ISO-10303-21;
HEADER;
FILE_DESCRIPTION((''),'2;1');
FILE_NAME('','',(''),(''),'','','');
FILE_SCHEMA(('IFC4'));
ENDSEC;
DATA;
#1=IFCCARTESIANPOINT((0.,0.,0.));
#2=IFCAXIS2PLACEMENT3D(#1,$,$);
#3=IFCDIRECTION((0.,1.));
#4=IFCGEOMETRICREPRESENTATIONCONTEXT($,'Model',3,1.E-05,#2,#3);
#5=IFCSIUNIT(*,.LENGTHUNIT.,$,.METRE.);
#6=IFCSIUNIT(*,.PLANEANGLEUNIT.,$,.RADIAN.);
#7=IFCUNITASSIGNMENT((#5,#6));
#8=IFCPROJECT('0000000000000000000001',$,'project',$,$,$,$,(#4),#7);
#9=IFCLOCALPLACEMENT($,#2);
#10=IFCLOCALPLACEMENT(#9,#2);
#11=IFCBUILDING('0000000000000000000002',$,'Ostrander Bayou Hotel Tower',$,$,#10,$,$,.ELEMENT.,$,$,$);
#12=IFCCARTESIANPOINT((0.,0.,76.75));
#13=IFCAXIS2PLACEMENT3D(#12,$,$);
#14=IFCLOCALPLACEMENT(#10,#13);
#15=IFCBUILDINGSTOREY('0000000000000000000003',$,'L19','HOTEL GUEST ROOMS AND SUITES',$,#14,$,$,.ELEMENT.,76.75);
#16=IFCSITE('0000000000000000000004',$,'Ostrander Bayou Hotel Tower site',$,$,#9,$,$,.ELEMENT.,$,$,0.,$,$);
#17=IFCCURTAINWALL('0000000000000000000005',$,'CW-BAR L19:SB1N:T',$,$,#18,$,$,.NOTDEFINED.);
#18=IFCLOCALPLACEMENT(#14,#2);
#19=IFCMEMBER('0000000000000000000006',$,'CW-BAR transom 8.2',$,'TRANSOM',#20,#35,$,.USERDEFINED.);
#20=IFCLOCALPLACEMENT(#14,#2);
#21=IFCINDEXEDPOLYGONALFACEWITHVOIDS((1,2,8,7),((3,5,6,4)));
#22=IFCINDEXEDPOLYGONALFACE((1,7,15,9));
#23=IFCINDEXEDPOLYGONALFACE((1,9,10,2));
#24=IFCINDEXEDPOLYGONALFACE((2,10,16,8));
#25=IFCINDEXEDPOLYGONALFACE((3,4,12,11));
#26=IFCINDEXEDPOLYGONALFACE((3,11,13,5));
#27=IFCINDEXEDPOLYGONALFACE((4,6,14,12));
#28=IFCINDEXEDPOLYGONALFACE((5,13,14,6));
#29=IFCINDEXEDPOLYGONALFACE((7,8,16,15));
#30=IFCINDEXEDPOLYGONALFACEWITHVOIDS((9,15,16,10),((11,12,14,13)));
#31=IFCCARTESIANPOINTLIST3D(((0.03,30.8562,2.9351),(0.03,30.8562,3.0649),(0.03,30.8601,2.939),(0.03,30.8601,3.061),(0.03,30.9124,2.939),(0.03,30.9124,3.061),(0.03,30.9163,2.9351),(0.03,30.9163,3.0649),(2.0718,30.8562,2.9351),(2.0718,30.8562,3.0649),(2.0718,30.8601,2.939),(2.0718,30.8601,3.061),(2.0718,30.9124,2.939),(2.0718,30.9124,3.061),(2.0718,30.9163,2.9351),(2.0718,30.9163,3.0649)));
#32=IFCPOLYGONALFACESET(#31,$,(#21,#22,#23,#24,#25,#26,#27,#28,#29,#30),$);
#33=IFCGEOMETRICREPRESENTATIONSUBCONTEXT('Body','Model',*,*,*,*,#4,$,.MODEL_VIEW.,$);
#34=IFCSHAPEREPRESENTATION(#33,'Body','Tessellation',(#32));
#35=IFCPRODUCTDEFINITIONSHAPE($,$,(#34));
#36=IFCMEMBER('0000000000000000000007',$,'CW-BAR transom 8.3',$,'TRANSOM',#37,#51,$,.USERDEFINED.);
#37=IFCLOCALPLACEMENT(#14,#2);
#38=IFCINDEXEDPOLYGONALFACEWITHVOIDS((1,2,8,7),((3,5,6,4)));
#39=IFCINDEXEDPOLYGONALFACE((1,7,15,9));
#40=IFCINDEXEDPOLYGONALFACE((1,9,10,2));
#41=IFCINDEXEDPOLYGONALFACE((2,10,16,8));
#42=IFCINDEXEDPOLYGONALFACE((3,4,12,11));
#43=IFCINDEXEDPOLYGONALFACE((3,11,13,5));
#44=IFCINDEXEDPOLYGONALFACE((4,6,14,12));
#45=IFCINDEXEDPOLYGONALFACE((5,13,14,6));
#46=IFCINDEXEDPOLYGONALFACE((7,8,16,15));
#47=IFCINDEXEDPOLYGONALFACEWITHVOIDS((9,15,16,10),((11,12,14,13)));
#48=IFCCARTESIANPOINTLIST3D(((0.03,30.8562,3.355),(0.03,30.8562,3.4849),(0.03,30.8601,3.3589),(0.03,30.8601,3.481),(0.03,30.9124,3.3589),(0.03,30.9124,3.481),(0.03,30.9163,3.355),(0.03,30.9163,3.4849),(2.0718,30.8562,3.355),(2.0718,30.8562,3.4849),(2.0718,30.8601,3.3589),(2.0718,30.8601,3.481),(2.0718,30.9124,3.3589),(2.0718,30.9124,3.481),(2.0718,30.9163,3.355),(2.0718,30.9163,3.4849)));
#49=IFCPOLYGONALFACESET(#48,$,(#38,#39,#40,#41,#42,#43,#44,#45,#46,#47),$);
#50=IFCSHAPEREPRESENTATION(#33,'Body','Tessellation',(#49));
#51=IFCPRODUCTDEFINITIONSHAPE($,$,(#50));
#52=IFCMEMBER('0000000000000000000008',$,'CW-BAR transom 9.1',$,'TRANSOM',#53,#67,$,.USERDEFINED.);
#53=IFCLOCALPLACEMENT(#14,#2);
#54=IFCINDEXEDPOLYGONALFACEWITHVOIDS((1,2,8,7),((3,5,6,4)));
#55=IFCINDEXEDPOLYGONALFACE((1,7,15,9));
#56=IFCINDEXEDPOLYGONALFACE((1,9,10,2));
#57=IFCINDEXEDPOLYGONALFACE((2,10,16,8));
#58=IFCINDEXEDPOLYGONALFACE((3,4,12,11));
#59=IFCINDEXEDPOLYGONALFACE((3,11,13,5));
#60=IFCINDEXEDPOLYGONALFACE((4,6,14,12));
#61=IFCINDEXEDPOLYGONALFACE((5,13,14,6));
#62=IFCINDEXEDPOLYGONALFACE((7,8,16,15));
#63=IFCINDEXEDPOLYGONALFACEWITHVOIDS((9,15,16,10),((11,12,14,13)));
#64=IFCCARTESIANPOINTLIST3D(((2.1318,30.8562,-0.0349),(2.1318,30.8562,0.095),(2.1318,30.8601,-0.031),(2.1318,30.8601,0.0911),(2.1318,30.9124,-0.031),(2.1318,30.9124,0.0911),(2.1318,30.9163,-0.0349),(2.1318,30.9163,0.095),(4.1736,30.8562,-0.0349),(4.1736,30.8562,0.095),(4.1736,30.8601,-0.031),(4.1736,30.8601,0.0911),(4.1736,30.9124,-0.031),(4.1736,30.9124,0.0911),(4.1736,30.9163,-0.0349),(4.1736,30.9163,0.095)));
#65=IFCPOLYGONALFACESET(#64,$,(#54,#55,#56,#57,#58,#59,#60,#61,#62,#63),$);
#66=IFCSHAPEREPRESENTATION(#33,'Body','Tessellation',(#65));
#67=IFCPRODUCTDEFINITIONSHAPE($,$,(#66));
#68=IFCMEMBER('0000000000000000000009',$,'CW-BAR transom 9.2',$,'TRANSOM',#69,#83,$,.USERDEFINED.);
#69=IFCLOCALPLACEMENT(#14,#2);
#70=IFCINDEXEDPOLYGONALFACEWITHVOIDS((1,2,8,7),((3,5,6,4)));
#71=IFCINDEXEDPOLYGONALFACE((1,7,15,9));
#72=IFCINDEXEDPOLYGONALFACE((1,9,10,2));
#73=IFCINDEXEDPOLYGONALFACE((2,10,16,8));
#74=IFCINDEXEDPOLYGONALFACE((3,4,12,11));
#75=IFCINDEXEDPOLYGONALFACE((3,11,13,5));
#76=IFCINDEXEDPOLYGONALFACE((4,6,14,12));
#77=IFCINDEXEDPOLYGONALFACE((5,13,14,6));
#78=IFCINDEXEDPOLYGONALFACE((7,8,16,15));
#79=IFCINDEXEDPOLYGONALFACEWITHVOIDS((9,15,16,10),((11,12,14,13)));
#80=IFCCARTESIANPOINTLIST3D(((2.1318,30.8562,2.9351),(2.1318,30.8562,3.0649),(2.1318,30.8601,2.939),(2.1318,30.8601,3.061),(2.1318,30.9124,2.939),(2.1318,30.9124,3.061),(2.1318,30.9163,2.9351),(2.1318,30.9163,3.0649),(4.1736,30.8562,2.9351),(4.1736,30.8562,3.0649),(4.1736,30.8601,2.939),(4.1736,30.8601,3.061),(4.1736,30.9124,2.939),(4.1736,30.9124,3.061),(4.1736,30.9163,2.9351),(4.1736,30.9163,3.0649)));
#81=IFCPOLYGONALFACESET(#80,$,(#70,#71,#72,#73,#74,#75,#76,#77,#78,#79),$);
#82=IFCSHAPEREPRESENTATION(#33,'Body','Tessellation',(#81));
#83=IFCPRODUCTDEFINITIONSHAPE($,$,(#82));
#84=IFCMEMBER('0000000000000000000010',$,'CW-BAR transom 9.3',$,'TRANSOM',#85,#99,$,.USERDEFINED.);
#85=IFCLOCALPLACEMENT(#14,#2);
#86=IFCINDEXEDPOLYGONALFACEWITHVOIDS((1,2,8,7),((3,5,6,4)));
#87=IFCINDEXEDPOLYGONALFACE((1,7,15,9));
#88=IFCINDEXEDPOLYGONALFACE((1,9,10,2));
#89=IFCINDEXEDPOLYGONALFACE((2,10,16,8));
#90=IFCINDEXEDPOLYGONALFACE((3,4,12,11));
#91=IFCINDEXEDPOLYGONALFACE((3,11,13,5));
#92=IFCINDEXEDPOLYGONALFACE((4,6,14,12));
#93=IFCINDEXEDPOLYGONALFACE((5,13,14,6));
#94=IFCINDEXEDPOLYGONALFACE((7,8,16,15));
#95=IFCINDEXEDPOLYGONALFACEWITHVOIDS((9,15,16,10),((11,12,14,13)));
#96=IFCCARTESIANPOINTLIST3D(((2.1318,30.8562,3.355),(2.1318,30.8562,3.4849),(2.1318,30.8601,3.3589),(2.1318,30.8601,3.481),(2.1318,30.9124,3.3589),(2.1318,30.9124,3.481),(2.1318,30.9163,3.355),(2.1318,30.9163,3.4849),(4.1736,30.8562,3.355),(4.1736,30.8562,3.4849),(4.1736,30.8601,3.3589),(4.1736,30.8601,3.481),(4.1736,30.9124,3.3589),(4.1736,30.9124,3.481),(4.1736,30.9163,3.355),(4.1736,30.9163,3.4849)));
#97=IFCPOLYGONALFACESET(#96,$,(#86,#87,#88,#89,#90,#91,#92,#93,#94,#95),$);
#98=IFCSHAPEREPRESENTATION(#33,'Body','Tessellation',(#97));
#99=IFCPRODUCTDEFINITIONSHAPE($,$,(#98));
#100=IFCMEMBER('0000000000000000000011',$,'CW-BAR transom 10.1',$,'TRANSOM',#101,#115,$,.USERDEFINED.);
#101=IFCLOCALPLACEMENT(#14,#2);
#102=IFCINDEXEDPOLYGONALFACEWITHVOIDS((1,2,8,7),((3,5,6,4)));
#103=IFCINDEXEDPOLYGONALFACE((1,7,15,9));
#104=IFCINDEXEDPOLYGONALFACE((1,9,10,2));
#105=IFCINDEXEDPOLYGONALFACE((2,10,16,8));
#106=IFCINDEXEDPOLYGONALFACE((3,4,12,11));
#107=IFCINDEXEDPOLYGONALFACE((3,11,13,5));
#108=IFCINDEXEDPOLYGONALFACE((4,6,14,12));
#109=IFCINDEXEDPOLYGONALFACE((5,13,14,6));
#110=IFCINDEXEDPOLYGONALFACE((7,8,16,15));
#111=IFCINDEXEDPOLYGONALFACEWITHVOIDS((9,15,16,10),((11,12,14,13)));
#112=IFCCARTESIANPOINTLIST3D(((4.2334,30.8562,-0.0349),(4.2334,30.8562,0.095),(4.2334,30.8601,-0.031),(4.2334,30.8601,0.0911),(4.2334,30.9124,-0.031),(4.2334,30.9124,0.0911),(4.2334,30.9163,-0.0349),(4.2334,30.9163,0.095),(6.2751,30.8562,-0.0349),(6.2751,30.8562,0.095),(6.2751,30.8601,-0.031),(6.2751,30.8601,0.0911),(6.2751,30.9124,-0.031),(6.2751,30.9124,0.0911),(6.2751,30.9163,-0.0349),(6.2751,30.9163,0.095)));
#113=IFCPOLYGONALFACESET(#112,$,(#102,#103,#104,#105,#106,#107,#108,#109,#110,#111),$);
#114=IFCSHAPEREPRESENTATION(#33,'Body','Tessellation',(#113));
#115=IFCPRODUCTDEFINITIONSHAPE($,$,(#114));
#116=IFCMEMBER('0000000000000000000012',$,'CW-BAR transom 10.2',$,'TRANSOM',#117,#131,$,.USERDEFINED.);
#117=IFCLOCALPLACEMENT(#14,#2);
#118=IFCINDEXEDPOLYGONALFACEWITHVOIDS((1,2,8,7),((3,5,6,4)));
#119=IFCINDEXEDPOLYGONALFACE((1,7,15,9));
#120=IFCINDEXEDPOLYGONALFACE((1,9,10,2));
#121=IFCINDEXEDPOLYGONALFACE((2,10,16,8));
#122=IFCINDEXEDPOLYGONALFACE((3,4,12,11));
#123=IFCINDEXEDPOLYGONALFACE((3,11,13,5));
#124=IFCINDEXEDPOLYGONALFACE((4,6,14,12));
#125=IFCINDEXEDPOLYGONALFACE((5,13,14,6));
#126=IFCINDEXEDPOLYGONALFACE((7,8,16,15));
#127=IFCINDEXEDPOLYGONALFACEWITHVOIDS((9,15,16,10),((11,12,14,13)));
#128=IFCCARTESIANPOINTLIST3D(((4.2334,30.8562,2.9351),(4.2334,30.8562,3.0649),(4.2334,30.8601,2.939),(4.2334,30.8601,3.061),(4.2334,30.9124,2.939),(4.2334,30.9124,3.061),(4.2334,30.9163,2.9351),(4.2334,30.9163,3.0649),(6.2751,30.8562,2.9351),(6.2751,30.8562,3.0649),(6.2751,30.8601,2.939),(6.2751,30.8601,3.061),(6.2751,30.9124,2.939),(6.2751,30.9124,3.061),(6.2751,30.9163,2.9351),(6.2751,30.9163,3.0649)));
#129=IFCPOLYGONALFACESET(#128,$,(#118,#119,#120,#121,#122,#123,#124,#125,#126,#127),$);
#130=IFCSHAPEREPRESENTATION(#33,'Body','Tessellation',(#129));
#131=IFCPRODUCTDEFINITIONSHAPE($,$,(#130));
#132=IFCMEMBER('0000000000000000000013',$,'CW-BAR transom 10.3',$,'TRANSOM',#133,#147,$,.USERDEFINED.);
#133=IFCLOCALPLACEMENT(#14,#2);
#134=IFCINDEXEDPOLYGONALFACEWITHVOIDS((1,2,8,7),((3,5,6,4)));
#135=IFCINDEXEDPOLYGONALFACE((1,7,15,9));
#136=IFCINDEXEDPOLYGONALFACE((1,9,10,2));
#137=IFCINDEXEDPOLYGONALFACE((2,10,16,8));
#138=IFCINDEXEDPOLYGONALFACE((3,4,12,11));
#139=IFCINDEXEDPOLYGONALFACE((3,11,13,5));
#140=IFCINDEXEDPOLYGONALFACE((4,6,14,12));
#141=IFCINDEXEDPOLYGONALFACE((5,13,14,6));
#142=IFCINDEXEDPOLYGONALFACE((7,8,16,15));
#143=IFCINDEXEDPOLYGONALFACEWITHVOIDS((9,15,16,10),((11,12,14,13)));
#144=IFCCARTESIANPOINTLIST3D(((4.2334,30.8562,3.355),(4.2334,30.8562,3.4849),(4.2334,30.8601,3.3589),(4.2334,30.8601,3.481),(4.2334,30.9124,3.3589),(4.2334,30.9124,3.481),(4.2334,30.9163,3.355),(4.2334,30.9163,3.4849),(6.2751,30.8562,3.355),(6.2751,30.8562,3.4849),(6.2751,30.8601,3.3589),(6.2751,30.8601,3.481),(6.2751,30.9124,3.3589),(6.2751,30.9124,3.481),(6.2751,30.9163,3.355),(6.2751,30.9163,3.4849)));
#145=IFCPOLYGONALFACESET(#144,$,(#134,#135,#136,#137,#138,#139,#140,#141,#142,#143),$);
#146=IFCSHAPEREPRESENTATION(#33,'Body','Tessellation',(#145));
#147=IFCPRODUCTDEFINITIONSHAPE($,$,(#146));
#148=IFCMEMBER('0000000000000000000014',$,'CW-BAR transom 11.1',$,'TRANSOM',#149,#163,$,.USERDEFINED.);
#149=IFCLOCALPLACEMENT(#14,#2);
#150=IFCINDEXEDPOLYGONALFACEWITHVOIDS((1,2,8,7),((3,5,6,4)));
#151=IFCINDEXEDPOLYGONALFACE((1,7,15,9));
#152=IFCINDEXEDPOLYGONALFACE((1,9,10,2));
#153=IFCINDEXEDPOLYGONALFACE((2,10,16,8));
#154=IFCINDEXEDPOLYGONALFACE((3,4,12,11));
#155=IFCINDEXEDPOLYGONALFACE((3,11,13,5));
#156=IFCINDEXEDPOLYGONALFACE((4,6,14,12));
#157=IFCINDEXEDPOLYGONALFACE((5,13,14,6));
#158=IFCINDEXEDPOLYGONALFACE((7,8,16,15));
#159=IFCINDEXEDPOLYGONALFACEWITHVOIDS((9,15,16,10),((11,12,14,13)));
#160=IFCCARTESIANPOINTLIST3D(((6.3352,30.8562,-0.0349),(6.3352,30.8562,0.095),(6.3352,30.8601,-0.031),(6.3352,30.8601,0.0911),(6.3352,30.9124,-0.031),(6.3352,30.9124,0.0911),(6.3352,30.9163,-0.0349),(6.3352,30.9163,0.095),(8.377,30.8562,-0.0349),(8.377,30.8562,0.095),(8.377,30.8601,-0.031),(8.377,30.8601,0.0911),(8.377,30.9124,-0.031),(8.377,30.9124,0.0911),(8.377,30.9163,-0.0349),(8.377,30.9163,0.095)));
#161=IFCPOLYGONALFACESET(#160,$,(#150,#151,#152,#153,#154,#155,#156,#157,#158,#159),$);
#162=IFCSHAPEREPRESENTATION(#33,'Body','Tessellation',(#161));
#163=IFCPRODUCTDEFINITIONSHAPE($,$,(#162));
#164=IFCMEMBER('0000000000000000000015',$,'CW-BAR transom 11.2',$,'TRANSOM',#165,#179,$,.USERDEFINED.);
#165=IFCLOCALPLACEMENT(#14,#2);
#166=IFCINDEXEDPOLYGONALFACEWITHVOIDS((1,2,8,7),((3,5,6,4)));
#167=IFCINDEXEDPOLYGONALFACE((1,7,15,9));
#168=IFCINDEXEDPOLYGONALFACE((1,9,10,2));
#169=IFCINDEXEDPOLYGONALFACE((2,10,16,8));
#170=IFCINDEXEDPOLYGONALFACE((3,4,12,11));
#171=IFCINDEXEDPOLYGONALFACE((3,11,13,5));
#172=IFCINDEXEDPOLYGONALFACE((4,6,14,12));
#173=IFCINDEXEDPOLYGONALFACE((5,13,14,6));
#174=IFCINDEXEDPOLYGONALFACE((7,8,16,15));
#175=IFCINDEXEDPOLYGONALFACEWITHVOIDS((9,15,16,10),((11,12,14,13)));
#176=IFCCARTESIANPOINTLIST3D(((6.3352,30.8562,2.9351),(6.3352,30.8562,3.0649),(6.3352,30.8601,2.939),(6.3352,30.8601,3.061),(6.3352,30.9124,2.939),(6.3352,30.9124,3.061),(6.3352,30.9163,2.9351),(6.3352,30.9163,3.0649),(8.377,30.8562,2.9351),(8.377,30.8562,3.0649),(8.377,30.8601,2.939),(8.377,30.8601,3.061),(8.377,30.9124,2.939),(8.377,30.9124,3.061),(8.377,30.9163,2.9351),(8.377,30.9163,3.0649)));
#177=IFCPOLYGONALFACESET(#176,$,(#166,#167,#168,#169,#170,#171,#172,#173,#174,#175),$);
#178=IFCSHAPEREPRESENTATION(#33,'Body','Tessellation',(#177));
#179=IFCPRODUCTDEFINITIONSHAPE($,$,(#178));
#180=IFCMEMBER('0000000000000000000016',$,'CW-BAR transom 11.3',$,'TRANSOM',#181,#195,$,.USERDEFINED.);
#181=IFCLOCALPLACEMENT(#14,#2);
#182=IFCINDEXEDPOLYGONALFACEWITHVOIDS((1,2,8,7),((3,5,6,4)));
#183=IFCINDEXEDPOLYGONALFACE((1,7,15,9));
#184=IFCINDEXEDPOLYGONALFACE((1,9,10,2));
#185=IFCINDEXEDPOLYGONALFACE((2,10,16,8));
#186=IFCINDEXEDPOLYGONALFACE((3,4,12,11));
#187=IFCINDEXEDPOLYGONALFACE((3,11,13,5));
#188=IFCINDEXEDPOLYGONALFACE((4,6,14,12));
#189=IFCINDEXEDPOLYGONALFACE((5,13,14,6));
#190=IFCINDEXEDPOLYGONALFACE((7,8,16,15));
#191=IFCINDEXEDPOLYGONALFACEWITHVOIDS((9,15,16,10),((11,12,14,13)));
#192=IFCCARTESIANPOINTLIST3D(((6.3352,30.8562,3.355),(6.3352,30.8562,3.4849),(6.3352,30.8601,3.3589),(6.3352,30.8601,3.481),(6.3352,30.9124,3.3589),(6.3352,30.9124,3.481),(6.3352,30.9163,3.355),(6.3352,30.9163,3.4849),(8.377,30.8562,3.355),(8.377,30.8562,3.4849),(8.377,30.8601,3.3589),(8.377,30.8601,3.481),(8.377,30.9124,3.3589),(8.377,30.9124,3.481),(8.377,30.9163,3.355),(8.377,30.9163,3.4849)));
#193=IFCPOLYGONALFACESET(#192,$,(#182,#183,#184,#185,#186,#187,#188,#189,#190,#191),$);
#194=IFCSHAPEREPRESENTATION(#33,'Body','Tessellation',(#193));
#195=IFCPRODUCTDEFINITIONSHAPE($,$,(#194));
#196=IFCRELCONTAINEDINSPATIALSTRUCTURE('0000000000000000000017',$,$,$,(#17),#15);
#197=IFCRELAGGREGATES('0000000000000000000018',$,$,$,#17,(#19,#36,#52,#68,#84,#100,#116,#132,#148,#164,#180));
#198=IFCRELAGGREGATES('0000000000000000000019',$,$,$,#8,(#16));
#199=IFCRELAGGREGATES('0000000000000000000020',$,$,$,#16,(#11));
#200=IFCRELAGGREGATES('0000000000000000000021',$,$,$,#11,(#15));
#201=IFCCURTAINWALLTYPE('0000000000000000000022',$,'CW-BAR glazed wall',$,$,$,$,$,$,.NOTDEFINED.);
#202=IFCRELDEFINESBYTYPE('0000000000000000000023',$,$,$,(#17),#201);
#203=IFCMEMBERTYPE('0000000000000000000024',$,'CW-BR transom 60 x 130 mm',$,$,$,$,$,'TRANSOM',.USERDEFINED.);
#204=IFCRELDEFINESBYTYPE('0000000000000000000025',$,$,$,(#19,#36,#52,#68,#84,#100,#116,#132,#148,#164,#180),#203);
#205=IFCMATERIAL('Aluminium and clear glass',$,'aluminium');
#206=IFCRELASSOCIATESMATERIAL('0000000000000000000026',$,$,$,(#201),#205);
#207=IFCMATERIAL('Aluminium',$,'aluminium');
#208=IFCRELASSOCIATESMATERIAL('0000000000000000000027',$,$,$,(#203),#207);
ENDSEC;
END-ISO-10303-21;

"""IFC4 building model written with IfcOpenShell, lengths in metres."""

from ifc_helpers import new_model, si_unit, direction, frame, origin, origin_2d, place, context, subcontext, project, spatial, hollow_rectangle, extrude, material, material_profile, profile_set, type_object, element, aggregate, save


model = new_model("IFC4")

# Units and contexts
model_context = context("Model", 3, precision=1e-05, world=origin(), true_north=direction((0.0, 1.0)))
body_context = subcontext(model_context, "Body", "Model", "MODEL_VIEW")
ifc_project = project(units=[si_unit("LENGTHUNIT", "METRE"), si_unit("PLANEANGLEUNIT", "RADIAN")], contexts=[model_context])

# Site, building, storey
site_placement = place(None, origin())
site = spatial("IfcSite", under=ifc_project, at=site_placement, Name="Ostrander Bayou Hotel Tower site", CompositionType="ELEMENT", RefElevation=0.0)
building_placement = place(site_placement, origin())
building = spatial("IfcBuilding", under=site, at=building_placement, Name="Ostrander Bayou Hotel Tower", CompositionType="ELEMENT")
storey_placement = place(building_placement, frame((0.0, 0.0, 76.75)))
storey = spatial("IfcBuildingStorey", under=building, at=storey_placement, Name="L19", Description="HOTEL GUEST ROOMS AND SUITES", CompositionType="ELEMENT", Elevation=76.75)

# Curtain wall, members
ifc_material_1 = material(Name="Aluminium and clear glass", Category="aluminium")
curtain_wall_type = type_object("IfcCurtainWallType", Name="CW-BAR glazed wall", PredefinedType="NOTDEFINED", material=ifc_material_1)
curtain_wall_placement = place(storey_placement, origin())
curtain_wall = element("IfcCurtainWall", 1, at=curtain_wall_placement, inside=storey, type_object=curtain_wall_type, Name="CW-BAR L19:SB1N:T", PredefinedType="NOTDEFINED")
ifc_material_2 = material(Name="Aluminium", Category="aluminium")
ifc_material_profile_1 = material_profile(ifc_material_2, hollow_rectangle(XDim=0.0601, YDim=0.1299, WallThickness=0.0039, at=origin_2d()))
ifc_profile_set_1 = profile_set([ifc_material_profile_1], Name="Aluminium")
member_type_1 = type_object("IfcMemberType", Name="CW-BR transom 60 x 130 mm", ElementType="TRANSOM", PredefinedType="USERDEFINED", material=ifc_profile_set_1)
member_1_placement = place(storey_placement, frame((0.03, 30.8862, 3.0), z_axis=(1.0, 0.0, 0.0), x_axis=(0.0, 1.0, 0.0)))
member_1 = element("IfcMember", 2, at=member_1_placement, type_object=member_type_1, Name="CW-BAR transom 8.2", ObjectType="TRANSOM", PredefinedType="USERDEFINED", context=body_context, shape_type="SweptSolid", body=[
    extrude(hollow_rectangle(XDim=0.0601, YDim=0.1299, WallThickness=0.0039, at=origin_2d()), origin(), (0.0, 0.0, 1.0), 2.0417),
])
member_2_placement = place(storey_placement, frame((0.03, 30.8862, 3.4199), z_axis=(1.0, 0.0, 0.0), x_axis=(0.0, 1.0, 0.0)))
member_2 = element("IfcMember", 3, at=member_2_placement, type_object=member_type_1, Name="CW-BAR transom 8.3", ObjectType="TRANSOM", PredefinedType="USERDEFINED", context=body_context, shape_type="SweptSolid", body=[
    extrude(hollow_rectangle(XDim=0.0601, YDim=0.1299, WallThickness=0.0039, at=origin_2d()), origin(), (0.0, 0.0, 1.0), 2.0417),
])
member_3_placement = place(storey_placement, frame((2.1318, 30.8862, 0.03), z_axis=(1.0, 0.0, 0.0), x_axis=(0.0, 1.0, 0.0)))
member_3 = element("IfcMember", 4, at=member_3_placement, type_object=member_type_1, Name="CW-BAR transom 9.1", ObjectType="TRANSOM", PredefinedType="USERDEFINED", context=body_context, shape_type="SweptSolid", body=[
    extrude(hollow_rectangle(XDim=0.0601, YDim=0.1299, WallThickness=0.0039, at=origin_2d()), origin(), (0.0, 0.0, 1.0), 2.0417),
])
member_4_placement = place(storey_placement, frame((2.1318, 30.8862, 3.0), z_axis=(1.0, 0.0, 0.0), x_axis=(0.0, 1.0, 0.0)))
member_4 = element("IfcMember", 5, at=member_4_placement, type_object=member_type_1, Name="CW-BAR transom 9.2", ObjectType="TRANSOM", PredefinedType="USERDEFINED", context=body_context, shape_type="SweptSolid", body=[
    extrude(hollow_rectangle(XDim=0.0601, YDim=0.1299, WallThickness=0.0039, at=origin_2d()), origin(), (0.0, 0.0, 1.0), 2.0417),
])
member_5_placement = place(storey_placement, frame((2.1318, 30.8862, 3.4199), z_axis=(1.0, 0.0, 0.0), x_axis=(0.0, 1.0, 0.0)))
member_5 = element("IfcMember", 6, at=member_5_placement, type_object=member_type_1, Name="CW-BAR transom 9.3", ObjectType="TRANSOM", PredefinedType="USERDEFINED", context=body_context, shape_type="SweptSolid", body=[
    extrude(hollow_rectangle(XDim=0.0601, YDim=0.1299, WallThickness=0.0039, at=origin_2d()), origin(), (0.0, 0.0, 1.0), 2.0417),
])
member_6_placement = place(storey_placement, frame((4.2334, 30.8862, 0.03), z_axis=(1.0, 0.0, 0.0), x_axis=(0.0, 1.0, 0.0)))
member_6 = element("IfcMember", 7, at=member_6_placement, type_object=member_type_1, Name="CW-BAR transom 10.1", ObjectType="TRANSOM", PredefinedType="USERDEFINED", context=body_context, shape_type="SweptSolid", body=[
    extrude(hollow_rectangle(XDim=0.0601, YDim=0.1299, WallThickness=0.0039, at=origin_2d()), origin(), (0.0, 0.0, 1.0), 2.0417),
])
member_7_placement = place(storey_placement, frame((4.2334, 30.8862, 3.0), z_axis=(1.0, 0.0, 0.0), x_axis=(0.0, 1.0, 0.0)))
member_7 = element("IfcMember", 8, at=member_7_placement, type_object=member_type_1, Name="CW-BAR transom 10.2", ObjectType="TRANSOM", PredefinedType="USERDEFINED", context=body_context, shape_type="SweptSolid", body=[
    extrude(hollow_rectangle(XDim=0.0601, YDim=0.1299, WallThickness=0.0039, at=origin_2d()), origin(), (0.0, 0.0, 1.0), 2.0417),
])
member_8_placement = place(storey_placement, frame((4.2334, 30.8862, 3.4199), z_axis=(1.0, 0.0, 0.0), x_axis=(0.0, 1.0, 0.0)))
member_8 = element("IfcMember", 9, at=member_8_placement, type_object=member_type_1, Name="CW-BAR transom 10.3", ObjectType="TRANSOM", PredefinedType="USERDEFINED", context=body_context, shape_type="SweptSolid", body=[
    extrude(hollow_rectangle(XDim=0.0601, YDim=0.1299, WallThickness=0.0039, at=origin_2d()), origin(), (0.0, 0.0, 1.0), 2.0417),
])
member_9_placement = place(storey_placement, frame((6.3352, 30.8862, 0.03), z_axis=(1.0, 0.0, 0.0), x_axis=(0.0, 1.0, 0.0)))
member_9 = element("IfcMember", 10, at=member_9_placement, type_object=member_type_1, Name="CW-BAR transom 11.1", ObjectType="TRANSOM", PredefinedType="USERDEFINED", context=body_context, shape_type="SweptSolid", body=[
    extrude(hollow_rectangle(XDim=0.0601, YDim=0.1299, WallThickness=0.0039, at=origin_2d()), origin(), (0.0, 0.0, 1.0), 2.0417),
])
member_10_placement = place(storey_placement, frame((6.3352, 30.8862, 3.0), z_axis=(1.0, 0.0, 0.0), x_axis=(0.0, 1.0, 0.0)))
member_10 = element("IfcMember", 11, at=member_10_placement, type_object=member_type_1, Name="CW-BAR transom 11.2", ObjectType="TRANSOM", PredefinedType="USERDEFINED", context=body_context, shape_type="SweptSolid", body=[
    extrude(hollow_rectangle(XDim=0.0601, YDim=0.1299, WallThickness=0.0039, at=origin_2d()), origin(), (0.0, 0.0, 1.0), 2.0417),
])
member_11_placement = place(storey_placement, frame((6.3352, 30.8862, 3.4199), z_axis=(1.0, 0.0, 0.0), x_axis=(0.0, 1.0, 0.0)))
member_11 = element("IfcMember", 12, at=member_11_placement, type_object=member_type_1, Name="CW-BAR transom 11.3", ObjectType="TRANSOM", PredefinedType="USERDEFINED", context=body_context, shape_type="SweptSolid", body=[
    extrude(hollow_rectangle(XDim=0.0601, YDim=0.1299, WallThickness=0.0039, at=origin_2d()), origin(), (0.0, 0.0, 1.0), 2.0417),
])
aggregate(curtain_wall, [member_1, member_2, member_3, member_4, member_5, member_6, member_7, member_8, member_9, member_10, member_11])

save(model, "model.ifc")
